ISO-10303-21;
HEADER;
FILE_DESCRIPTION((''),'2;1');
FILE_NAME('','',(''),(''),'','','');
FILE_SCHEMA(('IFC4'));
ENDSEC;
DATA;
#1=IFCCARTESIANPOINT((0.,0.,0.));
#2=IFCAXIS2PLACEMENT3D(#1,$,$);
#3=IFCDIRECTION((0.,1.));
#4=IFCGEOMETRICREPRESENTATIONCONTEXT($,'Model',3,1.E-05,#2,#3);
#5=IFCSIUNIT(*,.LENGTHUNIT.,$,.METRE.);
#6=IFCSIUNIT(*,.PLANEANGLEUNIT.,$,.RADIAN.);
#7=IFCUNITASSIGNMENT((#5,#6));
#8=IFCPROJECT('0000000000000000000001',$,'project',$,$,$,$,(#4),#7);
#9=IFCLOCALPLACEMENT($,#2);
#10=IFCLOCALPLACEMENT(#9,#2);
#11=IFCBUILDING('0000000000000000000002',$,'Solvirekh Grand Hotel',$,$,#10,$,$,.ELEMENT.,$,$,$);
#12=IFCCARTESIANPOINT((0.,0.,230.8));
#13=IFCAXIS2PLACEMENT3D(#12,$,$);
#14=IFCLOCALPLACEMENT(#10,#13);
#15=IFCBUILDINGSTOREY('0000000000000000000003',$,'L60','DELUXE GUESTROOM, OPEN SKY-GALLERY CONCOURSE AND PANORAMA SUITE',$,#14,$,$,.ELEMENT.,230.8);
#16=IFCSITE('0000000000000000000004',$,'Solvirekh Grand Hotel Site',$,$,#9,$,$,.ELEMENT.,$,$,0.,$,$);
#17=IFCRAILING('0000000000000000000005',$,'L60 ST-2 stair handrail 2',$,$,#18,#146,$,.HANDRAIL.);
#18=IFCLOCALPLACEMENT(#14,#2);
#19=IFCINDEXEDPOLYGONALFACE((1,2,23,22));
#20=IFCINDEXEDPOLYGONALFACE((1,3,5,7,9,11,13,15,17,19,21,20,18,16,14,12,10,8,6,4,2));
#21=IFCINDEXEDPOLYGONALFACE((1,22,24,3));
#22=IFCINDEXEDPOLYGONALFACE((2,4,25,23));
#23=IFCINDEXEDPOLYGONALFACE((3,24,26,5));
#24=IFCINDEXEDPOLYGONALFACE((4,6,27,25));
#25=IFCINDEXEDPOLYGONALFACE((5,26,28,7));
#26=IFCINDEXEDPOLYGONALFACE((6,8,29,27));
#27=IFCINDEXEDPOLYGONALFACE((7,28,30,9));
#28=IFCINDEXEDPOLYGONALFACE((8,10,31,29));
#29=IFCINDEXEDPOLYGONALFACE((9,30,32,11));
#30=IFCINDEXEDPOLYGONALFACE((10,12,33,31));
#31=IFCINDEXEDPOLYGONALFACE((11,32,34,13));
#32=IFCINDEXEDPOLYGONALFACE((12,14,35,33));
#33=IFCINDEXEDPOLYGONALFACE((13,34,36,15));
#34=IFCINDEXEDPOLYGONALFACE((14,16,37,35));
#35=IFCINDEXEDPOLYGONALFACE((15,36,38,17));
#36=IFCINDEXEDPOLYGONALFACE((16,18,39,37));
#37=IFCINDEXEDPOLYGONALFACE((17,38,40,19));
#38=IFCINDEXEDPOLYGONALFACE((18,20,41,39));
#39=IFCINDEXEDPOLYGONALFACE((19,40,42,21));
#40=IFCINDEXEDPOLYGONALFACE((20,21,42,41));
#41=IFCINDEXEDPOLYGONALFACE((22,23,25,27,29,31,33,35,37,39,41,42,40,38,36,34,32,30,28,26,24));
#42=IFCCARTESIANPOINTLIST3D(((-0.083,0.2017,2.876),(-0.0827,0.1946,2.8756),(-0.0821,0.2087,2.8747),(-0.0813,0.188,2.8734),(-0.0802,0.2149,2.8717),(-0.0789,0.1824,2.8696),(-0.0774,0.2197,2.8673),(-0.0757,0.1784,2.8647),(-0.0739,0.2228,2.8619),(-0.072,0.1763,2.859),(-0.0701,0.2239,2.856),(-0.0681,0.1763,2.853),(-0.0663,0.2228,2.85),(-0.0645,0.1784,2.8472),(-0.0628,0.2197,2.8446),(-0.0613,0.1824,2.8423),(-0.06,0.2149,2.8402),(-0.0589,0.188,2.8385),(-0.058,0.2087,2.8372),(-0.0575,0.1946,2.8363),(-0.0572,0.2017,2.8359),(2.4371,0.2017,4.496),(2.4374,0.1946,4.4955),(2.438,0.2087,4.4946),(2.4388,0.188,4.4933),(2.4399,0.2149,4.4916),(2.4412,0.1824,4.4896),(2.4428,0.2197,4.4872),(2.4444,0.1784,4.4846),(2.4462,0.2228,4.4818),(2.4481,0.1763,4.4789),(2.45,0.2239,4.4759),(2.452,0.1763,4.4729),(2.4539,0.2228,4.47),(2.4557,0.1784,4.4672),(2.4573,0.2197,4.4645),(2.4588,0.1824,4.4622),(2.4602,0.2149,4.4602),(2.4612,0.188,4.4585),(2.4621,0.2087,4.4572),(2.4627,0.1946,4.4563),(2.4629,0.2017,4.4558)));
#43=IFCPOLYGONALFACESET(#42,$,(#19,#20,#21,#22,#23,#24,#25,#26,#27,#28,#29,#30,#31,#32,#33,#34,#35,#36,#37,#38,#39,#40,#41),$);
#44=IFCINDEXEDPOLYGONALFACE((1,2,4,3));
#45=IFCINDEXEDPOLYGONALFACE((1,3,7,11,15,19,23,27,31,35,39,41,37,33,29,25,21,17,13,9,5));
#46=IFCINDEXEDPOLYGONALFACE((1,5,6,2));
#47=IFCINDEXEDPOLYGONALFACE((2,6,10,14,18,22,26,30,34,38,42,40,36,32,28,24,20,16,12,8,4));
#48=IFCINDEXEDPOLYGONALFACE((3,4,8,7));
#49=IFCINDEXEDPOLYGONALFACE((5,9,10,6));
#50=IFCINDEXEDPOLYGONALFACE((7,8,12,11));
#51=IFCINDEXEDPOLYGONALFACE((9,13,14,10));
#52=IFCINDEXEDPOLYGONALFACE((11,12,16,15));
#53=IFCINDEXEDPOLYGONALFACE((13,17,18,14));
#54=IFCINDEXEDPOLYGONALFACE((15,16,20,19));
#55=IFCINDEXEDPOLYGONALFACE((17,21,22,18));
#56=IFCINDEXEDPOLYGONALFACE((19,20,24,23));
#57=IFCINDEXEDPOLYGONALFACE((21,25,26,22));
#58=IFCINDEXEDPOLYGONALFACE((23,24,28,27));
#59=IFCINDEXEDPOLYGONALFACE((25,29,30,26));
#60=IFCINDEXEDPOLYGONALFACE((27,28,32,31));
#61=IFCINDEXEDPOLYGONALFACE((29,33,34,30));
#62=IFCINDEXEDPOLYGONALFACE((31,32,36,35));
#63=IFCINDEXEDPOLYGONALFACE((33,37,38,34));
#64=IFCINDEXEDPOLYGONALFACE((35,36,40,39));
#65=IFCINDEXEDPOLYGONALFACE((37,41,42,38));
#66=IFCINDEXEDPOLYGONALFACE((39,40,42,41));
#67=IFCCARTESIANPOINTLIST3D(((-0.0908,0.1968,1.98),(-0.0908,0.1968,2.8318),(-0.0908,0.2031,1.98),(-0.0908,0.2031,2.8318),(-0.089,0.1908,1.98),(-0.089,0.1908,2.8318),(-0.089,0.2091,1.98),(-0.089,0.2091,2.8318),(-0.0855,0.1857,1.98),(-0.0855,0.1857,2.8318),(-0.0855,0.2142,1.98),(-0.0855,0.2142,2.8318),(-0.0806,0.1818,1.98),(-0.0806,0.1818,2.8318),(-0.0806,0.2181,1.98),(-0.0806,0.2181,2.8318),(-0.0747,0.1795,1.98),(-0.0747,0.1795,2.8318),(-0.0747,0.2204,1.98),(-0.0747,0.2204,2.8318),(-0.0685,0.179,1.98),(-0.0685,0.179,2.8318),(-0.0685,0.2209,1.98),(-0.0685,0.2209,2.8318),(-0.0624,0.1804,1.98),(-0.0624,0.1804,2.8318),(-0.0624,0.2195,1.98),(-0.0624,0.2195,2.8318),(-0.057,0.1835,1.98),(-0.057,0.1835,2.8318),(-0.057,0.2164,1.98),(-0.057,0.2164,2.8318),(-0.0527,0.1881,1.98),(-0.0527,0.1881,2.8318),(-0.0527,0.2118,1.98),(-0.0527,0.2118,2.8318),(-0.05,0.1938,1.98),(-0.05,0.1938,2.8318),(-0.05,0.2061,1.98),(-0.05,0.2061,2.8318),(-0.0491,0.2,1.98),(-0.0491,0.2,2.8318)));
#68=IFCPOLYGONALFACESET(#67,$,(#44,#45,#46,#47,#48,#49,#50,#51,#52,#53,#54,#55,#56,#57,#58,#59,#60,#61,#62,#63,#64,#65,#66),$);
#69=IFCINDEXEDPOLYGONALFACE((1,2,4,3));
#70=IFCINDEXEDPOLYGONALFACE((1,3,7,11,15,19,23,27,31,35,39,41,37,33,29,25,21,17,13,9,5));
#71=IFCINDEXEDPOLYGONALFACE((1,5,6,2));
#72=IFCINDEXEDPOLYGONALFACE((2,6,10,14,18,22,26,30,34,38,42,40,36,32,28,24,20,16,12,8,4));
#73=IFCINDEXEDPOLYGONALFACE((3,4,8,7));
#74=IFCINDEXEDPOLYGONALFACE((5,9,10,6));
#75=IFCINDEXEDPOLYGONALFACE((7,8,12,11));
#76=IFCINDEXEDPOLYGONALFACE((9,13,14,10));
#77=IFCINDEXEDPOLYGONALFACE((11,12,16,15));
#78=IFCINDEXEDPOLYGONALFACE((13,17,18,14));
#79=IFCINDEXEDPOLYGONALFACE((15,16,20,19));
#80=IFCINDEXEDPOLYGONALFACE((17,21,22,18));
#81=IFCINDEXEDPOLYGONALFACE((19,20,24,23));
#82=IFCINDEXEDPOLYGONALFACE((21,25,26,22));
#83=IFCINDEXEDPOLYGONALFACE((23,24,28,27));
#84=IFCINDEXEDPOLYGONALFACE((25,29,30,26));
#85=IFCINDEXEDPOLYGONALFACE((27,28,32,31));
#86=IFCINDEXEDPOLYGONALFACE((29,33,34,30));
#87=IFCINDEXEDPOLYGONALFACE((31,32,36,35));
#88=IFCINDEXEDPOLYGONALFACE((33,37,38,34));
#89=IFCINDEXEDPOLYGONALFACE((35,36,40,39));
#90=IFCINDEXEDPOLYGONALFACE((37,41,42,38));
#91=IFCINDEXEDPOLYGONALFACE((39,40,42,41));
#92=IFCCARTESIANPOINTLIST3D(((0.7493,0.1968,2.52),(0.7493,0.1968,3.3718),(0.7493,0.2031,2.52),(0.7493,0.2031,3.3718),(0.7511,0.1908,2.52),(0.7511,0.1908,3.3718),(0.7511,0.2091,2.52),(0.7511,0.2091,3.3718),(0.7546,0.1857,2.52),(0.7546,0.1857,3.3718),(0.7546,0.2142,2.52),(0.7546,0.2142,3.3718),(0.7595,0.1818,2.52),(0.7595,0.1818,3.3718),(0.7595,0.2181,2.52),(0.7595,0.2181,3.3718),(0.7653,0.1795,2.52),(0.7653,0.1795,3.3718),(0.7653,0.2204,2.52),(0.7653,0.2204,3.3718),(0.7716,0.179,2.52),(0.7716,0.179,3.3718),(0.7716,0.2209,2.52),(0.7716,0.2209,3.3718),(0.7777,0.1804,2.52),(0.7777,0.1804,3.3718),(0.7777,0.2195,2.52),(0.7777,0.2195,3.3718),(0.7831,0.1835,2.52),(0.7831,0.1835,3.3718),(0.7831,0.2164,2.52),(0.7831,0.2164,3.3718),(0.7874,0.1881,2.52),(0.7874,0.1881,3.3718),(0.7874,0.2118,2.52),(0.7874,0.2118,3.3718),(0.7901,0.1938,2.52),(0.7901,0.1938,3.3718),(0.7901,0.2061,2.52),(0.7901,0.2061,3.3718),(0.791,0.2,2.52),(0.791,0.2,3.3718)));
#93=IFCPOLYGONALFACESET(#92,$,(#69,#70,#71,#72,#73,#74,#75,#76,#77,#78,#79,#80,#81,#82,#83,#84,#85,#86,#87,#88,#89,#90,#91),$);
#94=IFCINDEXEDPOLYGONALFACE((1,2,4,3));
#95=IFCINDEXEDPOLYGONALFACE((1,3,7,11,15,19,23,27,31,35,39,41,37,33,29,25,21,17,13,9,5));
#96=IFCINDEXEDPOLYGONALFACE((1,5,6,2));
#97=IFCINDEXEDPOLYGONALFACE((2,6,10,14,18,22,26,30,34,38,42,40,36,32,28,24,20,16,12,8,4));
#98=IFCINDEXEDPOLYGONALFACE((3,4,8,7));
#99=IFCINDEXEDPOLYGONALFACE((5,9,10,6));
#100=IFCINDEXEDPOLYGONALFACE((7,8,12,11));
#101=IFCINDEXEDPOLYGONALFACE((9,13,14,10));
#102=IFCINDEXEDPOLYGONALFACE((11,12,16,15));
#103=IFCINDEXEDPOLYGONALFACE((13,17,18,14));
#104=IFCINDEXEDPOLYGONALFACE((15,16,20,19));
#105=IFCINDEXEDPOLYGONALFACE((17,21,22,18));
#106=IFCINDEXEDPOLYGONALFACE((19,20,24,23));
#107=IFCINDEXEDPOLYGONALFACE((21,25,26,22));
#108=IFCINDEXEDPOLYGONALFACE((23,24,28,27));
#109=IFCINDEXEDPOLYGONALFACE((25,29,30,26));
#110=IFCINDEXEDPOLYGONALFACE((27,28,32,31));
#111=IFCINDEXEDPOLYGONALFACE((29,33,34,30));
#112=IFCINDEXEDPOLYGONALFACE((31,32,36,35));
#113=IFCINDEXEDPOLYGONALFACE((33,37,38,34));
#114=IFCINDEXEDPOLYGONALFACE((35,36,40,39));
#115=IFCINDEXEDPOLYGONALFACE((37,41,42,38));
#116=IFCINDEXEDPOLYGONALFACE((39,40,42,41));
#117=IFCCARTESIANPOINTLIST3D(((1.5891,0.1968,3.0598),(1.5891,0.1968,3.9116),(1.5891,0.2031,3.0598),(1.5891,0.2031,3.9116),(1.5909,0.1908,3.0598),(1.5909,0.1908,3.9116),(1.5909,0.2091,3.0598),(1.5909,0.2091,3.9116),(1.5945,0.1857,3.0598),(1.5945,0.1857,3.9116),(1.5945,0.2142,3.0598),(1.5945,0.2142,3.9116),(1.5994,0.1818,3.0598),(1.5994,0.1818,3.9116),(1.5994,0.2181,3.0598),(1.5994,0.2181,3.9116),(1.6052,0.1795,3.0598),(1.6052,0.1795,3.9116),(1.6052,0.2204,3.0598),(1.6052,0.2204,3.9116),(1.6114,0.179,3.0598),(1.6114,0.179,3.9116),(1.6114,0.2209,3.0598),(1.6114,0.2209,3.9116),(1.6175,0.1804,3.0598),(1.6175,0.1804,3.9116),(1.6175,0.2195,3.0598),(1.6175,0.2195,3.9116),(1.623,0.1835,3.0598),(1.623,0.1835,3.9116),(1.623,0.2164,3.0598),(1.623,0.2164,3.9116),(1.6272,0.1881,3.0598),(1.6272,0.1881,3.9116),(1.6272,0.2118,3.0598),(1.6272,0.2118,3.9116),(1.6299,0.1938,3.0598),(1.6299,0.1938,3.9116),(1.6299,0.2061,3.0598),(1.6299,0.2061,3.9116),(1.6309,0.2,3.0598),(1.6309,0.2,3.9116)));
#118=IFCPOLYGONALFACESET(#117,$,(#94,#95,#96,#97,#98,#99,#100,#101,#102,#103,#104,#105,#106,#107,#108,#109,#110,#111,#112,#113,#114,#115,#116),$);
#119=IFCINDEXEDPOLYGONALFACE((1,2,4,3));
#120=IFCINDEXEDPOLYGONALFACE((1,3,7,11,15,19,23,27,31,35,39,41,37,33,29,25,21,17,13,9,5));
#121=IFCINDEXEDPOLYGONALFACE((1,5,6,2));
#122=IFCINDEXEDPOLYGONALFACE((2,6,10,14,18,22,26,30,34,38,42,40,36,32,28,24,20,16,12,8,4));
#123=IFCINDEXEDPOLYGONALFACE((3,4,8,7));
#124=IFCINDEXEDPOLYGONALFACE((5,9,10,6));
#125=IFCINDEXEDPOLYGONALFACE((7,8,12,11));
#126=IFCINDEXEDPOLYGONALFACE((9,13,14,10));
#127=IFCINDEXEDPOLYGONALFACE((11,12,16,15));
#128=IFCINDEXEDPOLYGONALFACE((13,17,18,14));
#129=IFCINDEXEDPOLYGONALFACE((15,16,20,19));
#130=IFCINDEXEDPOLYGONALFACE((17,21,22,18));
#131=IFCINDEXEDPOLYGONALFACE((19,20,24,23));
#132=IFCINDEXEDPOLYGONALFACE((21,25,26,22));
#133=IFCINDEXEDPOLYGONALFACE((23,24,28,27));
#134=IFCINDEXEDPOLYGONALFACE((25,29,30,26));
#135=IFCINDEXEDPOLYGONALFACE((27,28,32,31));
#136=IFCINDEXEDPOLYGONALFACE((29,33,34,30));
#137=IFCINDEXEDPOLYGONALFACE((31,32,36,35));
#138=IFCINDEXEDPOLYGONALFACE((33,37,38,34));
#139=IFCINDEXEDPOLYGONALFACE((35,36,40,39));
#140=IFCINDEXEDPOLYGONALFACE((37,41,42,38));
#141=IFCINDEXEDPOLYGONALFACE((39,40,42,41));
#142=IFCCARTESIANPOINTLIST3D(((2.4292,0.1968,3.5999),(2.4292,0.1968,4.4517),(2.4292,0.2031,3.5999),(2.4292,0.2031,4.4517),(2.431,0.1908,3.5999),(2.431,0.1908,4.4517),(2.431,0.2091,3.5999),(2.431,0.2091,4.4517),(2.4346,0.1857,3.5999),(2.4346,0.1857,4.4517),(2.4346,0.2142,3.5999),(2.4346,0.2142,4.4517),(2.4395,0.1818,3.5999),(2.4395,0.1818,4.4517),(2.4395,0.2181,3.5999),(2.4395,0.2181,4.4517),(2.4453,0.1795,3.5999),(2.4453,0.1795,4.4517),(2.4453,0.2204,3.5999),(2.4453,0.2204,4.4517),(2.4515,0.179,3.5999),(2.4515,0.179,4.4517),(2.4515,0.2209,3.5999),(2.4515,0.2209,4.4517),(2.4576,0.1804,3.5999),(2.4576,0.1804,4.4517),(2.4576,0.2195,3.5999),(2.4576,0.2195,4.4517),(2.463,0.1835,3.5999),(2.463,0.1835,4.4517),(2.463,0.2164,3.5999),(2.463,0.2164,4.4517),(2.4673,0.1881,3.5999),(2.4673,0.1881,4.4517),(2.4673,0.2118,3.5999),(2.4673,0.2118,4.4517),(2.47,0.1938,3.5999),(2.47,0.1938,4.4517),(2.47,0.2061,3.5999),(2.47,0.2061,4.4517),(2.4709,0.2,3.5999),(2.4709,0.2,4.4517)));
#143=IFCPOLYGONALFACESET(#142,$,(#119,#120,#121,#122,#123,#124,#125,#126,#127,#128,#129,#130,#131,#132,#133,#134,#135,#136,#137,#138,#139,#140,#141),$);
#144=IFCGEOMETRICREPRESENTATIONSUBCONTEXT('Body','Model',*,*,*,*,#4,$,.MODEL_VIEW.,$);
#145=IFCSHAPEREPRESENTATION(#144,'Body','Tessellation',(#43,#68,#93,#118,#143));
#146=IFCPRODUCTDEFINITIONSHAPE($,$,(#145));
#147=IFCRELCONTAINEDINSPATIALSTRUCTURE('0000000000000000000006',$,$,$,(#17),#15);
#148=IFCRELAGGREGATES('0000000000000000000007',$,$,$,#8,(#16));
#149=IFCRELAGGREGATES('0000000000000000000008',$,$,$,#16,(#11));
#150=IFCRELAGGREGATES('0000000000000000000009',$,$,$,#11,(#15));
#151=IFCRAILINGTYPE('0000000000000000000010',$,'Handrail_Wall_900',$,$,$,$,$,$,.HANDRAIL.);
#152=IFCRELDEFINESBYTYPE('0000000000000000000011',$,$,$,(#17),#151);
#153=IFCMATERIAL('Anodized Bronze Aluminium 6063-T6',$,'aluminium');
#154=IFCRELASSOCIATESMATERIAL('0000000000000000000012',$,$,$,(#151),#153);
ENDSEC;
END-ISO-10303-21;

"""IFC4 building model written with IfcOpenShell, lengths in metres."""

from ifc_helpers import new_model, si_unit, direction, frame, origin, origin_2d, place, context, subcontext, project, spatial, circle, extrude, material, type_object, element, save


model = new_model("IFC4")

# Units and contexts
model_context = context("Model", 3, precision=1e-05, world=origin(), true_north=direction((0.0, 1.0)))
body_context = subcontext(model_context, "Body", "Model", "MODEL_VIEW")
ifc_project = project(units=[si_unit("LENGTHUNIT", "METRE"), si_unit("PLANEANGLEUNIT", "RADIAN")], contexts=[model_context])

# Site, building, storey
site_placement = place(None, origin())
site = spatial("IfcSite", under=ifc_project, at=site_placement, Name="Solvirekh Grand Hotel Site", CompositionType="ELEMENT", RefElevation=0.0)
building_placement = place(site_placement, origin())
building = spatial("IfcBuilding", under=site, at=building_placement, Name="Solvirekh Grand Hotel", CompositionType="ELEMENT")
storey_placement = place(building_placement, frame((0.0, 0.0, 230.8)))
storey = spatial("IfcBuildingStorey", under=building, at=storey_placement, Name="L60", Description="DELUXE GUESTROOM, OPEN SKY-GALLERY CONCOURSE AND PANORAMA SUITE", CompositionType="ELEMENT", Elevation=230.8)

# Railing
ifc_material_1 = material(Name="Anodized Bronze Aluminium 6063-T6", Category="aluminium")
railing_type_1 = type_object("IfcRailingType", Name="Handrail_Wall_900", PredefinedType="HANDRAIL", material=ifc_material_1)
railing_1_placement = place(storey_placement, frame((-0.0701, 0.2, 1.98)))
element("IfcRailing", 1, at=railing_1_placement, inside=storey, type_object=railing_type_1, Name="L60 ST-2 stair handrail 2", PredefinedType="HANDRAIL", context=body_context, shape_type="SweptSolid", body=[
    extrude(circle(Radius=0.0239, at=origin_2d()), frame((0.0, 0.0, 0.876), z_axis=(0.8412, 0.0, 0.540725), x_axis=(0.0, 1.0, 0.0)), (0.0, 0.0, 1.0), 2.9958),
    extrude(circle(Radius=0.021, at=origin_2d()), origin(), (0.0, 0.0, 1.0), 0.8518),
    extrude(circle(Radius=0.021, at=origin_2d()), frame((0.8401, 0.0, 0.54)), (0.0, 0.0, 1.0), 0.8518),
    extrude(circle(Radius=0.021, at=origin_2d()), frame((1.6799, 0.0, 1.0798)), (0.0, 0.0, 1.0), 0.8518),
    extrude(circle(Radius=0.021, at=origin_2d()), frame((2.52, 0.0, 1.6199)), (0.0, 0.0, 1.0), 0.8518),
])

save(model, "model.ifc")
